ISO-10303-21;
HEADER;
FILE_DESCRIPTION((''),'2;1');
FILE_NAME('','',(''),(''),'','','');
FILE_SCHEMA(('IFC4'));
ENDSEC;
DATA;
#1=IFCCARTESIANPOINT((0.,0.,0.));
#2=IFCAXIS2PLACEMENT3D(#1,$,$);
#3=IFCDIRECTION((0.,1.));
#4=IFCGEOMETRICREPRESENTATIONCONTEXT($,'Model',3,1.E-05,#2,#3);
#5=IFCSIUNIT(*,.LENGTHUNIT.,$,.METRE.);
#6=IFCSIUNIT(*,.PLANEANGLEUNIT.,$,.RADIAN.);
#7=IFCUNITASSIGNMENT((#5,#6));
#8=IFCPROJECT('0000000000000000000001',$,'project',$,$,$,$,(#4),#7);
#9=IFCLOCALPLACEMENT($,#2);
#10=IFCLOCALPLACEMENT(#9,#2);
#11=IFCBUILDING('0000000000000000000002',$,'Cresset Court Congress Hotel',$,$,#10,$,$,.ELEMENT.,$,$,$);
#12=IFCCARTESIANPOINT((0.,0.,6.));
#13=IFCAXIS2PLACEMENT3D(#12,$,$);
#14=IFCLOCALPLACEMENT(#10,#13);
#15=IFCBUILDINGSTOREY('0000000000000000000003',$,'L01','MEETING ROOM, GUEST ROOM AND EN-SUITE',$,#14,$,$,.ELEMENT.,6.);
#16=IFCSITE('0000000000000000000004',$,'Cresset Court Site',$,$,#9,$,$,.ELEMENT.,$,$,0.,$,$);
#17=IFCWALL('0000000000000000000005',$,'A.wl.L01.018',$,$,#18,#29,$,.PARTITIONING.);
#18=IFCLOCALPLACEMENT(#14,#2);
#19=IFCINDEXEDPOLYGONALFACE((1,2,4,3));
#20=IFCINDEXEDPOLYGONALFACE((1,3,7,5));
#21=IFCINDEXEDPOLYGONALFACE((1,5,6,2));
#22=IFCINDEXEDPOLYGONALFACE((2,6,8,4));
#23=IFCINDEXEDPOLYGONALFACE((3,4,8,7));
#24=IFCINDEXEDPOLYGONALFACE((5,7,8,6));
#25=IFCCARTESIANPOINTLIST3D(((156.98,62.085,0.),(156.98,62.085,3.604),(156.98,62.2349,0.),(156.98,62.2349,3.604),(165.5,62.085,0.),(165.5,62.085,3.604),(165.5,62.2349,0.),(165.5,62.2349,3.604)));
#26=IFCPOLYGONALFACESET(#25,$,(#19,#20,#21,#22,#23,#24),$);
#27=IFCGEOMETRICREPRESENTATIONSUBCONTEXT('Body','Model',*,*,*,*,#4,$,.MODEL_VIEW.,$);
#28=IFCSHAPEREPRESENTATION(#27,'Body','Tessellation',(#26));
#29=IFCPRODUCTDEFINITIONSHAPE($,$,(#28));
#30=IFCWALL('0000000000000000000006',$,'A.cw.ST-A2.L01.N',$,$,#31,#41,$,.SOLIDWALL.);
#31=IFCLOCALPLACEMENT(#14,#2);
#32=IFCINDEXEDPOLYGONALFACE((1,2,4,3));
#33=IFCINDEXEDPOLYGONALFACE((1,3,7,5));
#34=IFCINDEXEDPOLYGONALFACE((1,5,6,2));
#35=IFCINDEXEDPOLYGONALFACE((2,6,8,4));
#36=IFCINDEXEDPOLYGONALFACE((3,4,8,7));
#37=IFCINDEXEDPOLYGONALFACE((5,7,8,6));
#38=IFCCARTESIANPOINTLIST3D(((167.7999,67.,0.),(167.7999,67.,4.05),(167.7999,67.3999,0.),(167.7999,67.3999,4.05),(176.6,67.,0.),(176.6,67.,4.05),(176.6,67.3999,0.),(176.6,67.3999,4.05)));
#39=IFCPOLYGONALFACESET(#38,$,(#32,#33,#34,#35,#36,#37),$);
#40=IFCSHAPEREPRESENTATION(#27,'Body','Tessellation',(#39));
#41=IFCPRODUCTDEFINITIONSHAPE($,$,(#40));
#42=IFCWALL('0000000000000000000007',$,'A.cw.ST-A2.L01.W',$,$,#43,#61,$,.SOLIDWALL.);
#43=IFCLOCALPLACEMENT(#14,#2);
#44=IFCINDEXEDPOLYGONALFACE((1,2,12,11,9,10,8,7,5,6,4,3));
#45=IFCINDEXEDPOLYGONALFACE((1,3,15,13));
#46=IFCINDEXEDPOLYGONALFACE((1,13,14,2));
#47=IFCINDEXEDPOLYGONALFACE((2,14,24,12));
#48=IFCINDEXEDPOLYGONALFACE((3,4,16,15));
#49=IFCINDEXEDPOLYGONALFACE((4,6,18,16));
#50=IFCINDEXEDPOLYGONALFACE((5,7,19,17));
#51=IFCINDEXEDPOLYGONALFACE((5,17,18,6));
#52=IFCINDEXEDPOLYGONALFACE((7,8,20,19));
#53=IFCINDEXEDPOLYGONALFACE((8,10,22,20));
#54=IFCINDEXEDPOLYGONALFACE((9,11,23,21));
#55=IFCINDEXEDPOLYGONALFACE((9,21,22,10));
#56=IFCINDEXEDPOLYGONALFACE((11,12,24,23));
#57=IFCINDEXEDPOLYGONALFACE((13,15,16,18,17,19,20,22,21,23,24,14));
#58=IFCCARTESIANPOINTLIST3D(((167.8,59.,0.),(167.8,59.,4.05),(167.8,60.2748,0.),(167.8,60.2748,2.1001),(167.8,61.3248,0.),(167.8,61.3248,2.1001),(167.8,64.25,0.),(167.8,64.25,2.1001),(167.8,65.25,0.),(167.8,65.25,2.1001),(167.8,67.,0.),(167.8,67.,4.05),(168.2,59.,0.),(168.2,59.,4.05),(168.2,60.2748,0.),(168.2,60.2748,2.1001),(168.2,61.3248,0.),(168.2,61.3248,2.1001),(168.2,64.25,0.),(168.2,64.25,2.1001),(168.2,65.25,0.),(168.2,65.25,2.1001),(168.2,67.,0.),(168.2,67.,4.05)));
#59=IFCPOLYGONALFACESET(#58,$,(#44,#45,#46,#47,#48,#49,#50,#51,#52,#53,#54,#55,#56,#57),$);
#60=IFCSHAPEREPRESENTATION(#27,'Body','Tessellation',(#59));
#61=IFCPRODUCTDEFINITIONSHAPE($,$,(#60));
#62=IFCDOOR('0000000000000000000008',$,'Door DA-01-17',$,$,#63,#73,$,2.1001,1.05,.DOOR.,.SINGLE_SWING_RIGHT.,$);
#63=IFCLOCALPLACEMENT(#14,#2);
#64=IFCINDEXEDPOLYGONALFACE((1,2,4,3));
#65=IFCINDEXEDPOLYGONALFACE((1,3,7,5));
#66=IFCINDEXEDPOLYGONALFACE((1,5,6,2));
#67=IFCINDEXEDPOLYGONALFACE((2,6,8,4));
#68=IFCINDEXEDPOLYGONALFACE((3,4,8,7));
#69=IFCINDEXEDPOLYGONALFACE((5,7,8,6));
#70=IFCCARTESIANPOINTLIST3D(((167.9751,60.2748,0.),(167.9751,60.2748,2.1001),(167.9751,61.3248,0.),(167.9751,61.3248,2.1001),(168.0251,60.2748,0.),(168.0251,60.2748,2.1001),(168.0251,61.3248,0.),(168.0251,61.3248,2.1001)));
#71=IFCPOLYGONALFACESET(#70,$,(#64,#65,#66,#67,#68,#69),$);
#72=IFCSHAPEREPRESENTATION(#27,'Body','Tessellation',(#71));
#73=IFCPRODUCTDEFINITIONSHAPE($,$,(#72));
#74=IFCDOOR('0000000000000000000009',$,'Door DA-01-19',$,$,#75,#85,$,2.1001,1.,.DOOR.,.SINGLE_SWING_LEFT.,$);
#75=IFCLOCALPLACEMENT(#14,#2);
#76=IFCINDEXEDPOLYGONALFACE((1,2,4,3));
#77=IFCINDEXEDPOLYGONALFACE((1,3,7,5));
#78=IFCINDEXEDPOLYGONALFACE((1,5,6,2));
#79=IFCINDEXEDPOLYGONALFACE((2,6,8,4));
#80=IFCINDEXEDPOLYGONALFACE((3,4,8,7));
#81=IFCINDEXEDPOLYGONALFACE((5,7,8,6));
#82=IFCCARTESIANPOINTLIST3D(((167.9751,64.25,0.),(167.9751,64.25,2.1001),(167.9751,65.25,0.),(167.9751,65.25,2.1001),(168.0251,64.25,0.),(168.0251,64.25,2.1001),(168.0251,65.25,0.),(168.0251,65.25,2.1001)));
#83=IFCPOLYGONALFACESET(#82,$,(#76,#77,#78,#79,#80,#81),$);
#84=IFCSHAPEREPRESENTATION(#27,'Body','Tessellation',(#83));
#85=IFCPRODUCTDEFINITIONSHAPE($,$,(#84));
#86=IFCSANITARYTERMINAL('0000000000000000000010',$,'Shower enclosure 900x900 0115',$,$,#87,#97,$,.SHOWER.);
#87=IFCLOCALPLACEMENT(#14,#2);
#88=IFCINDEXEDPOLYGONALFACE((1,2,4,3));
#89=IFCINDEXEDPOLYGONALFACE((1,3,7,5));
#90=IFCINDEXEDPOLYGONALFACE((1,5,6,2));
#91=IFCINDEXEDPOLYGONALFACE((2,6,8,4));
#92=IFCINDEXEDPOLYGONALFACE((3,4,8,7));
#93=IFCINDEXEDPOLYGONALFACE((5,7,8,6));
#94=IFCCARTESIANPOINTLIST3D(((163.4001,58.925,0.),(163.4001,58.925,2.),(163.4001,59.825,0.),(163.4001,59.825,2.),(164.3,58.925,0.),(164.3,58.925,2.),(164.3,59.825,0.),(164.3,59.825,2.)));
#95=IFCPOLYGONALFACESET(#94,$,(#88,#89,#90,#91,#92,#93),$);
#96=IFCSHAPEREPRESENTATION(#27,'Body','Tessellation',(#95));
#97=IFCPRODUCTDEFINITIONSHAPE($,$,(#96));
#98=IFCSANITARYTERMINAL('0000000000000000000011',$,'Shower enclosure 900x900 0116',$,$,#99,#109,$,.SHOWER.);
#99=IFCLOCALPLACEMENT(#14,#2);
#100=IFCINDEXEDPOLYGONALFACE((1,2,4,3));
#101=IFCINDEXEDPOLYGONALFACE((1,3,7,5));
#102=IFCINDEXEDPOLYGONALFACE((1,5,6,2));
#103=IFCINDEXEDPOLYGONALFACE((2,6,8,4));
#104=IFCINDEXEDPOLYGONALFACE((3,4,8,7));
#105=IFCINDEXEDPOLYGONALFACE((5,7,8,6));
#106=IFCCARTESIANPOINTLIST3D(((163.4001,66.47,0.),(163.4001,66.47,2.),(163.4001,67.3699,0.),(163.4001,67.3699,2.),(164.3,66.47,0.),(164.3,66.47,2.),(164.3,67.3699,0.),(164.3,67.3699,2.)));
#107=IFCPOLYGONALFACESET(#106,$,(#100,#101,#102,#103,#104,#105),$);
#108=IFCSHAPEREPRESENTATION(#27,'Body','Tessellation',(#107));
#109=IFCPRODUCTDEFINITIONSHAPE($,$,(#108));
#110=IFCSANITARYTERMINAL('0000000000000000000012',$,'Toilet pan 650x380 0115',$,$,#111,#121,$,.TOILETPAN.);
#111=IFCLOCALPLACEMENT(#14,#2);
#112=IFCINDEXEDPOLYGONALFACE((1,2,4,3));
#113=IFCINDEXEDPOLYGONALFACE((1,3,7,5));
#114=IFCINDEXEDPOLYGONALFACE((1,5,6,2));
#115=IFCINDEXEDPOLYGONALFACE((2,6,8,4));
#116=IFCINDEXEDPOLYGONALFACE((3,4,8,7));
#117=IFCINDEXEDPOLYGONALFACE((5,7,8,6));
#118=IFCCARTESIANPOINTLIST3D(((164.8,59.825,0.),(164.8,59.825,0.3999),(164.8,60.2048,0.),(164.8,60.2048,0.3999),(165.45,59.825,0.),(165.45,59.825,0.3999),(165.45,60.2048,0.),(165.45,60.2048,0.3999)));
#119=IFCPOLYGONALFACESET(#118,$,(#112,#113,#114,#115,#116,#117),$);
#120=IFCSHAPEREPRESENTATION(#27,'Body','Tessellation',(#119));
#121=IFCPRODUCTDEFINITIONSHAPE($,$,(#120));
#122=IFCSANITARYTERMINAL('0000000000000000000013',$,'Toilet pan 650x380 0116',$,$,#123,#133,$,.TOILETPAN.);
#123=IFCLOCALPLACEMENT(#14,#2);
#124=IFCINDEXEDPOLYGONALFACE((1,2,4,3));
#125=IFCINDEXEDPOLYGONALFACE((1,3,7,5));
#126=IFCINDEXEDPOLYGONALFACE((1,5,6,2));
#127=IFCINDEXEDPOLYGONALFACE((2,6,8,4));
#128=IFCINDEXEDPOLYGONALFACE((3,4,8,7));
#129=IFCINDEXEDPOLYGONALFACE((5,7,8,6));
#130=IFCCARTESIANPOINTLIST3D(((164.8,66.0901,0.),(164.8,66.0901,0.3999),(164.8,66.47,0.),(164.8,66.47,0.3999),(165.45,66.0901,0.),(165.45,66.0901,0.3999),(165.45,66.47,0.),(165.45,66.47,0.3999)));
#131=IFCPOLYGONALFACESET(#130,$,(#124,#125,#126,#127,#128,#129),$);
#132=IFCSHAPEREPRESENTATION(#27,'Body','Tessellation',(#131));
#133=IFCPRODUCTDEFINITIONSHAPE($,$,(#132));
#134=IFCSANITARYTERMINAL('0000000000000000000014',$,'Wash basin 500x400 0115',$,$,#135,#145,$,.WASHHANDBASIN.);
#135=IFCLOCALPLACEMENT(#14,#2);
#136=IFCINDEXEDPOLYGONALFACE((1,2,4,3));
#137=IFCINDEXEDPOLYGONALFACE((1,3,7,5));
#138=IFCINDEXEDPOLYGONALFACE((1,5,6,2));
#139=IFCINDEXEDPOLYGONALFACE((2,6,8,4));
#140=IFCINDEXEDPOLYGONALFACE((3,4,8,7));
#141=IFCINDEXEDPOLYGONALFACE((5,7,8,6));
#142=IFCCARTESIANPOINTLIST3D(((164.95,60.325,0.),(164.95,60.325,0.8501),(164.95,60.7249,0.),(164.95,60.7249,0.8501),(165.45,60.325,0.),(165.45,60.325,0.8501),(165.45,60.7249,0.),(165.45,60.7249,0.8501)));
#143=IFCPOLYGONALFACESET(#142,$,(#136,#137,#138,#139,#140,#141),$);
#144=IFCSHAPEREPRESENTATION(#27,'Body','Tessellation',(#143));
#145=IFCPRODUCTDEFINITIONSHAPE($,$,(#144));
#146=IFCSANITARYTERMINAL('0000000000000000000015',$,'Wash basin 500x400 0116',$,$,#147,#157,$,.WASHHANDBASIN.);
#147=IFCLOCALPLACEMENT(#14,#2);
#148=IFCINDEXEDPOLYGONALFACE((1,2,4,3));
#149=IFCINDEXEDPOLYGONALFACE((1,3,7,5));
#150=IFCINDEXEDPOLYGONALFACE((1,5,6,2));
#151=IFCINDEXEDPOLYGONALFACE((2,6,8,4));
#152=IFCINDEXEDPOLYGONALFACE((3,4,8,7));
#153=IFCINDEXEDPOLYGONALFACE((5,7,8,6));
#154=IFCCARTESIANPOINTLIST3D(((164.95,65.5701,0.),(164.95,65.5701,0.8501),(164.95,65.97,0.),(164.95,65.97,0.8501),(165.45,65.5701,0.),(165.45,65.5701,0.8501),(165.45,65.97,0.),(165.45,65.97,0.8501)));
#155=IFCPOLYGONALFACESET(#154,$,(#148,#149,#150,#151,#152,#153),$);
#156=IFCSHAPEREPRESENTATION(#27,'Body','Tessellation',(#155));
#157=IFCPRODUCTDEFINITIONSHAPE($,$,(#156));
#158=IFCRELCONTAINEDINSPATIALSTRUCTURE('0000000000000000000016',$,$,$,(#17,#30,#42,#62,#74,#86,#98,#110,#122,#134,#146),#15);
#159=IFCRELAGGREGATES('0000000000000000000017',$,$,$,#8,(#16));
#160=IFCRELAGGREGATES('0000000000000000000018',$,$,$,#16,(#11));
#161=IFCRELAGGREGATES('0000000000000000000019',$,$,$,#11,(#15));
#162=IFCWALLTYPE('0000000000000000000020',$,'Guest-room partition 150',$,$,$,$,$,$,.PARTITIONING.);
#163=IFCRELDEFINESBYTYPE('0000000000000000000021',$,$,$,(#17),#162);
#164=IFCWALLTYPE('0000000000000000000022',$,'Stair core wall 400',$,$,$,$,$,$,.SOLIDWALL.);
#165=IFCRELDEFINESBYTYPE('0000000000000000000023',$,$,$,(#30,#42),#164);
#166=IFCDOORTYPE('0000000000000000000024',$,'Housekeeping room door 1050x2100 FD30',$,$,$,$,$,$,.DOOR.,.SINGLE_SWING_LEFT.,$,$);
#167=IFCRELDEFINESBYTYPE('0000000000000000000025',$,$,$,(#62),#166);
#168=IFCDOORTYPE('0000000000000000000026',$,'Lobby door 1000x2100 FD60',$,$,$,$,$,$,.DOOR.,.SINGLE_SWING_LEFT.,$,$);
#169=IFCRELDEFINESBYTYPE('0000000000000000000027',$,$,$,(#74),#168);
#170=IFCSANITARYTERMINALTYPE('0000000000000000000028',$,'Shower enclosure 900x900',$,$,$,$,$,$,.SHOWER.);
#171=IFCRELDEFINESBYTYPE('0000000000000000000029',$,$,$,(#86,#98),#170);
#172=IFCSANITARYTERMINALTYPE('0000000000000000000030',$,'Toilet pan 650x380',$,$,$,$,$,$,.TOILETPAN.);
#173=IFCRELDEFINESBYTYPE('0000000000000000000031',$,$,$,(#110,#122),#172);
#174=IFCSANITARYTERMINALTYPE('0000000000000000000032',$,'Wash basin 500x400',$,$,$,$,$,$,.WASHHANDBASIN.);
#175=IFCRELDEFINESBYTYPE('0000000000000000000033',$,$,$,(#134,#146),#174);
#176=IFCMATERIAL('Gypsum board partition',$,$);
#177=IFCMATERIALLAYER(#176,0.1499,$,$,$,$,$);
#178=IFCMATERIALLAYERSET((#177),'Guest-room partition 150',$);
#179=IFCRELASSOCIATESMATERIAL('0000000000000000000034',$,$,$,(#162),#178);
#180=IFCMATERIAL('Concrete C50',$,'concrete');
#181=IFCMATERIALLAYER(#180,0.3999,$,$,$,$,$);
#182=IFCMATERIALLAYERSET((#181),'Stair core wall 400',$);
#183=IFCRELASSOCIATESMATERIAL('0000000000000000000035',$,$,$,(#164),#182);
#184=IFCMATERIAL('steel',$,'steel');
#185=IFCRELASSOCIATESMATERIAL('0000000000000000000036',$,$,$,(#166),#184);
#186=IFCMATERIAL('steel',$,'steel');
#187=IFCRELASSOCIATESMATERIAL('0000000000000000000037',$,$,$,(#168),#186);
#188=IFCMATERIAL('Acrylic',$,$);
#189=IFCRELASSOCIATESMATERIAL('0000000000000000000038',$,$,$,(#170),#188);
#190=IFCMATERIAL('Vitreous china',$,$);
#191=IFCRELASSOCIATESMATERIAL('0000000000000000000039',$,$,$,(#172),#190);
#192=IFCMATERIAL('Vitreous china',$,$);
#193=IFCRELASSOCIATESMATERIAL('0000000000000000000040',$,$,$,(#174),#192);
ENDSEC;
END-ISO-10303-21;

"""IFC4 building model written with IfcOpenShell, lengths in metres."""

from ifc_helpers import new_model, si_unit, direction, frame, frame_2d, origin, origin_2d, place, context, subcontext, project, spatial, rectangle, extrude, material, layer, layer_set, type_object, element, fill, save


model = new_model("IFC4")

# Units and contexts
model_context = context("Model", 3, precision=1e-05, world=origin(), true_north=direction((0.0, 1.0)))
body_context = subcontext(model_context, "Body", "Model", "MODEL_VIEW")
ifc_project = project(units=[si_unit("LENGTHUNIT", "METRE"), si_unit("PLANEANGLEUNIT", "RADIAN")], contexts=[model_context])

# Site, building, storey
site_placement = place(None, origin())
site = spatial("IfcSite", under=ifc_project, at=site_placement, Name="Cresset Court Site", CompositionType="ELEMENT", RefElevation=0.0)
building_placement = place(site_placement, origin())
building = spatial("IfcBuilding", under=site, at=building_placement, Name="Cresset Court Congress Hotel", CompositionType="ELEMENT")
storey_placement = place(building_placement, frame((0.0, 0.0, 6.0)))
storey = spatial("IfcBuildingStorey", under=building, at=storey_placement, Name="L01", Description="MEETING ROOM, GUEST ROOM AND EN-SUITE", CompositionType="ELEMENT", Elevation=6.0)

# Walls
ifc_material_1 = material(Name="Gypsum board partition")
ifc_layer_1 = layer(ifc_material_1, 0.1499)
ifc_layer_set_1 = layer_set([ifc_layer_1], Name="Guest-room partition 150")
wall_type_1 = type_object("IfcWallType", Name="Guest-room partition 150", PredefinedType="PARTITIONING", material=ifc_layer_set_1)
wall_1_placement = place(storey_placement, frame((156.98, 62.1599, 0.0), z_axis=(0.0, 0.0, 1.0), x_axis=(1.0, 0.0, 0.0)))
element("IfcWall", 1, at=wall_1_placement, inside=storey, type_object=wall_type_1, Name="A.wl.L01.018", PredefinedType="PARTITIONING", context=body_context, shape_type="SweptSolid", body=[
    extrude(rectangle(XDim=8.52, YDim=0.1499, at=frame_2d((4.26, 0.0))), origin(), (0.0, 0.0, 1.0), 3.604),
])
ifc_material_2 = material(Name="Concrete C50", Category="concrete")
ifc_layer_2 = layer(ifc_material_2, 0.3999)
ifc_layer_set_2 = layer_set([ifc_layer_2], Name="Stair core wall 400")
wall_type_2 = type_object("IfcWallType", Name="Stair core wall 400", PredefinedType="SOLIDWALL", material=ifc_layer_set_2)
wall_2_placement = place(storey_placement, frame((167.8, 67.2, 0.0), z_axis=(0.0, 0.0, 1.0), x_axis=(1.0, 0.0, 0.0)))
element("IfcWall", 2, at=wall_2_placement, inside=storey, type_object=wall_type_2, Name="A.cw.ST-A2.L01.N", PredefinedType="SOLIDWALL", context=body_context, shape_type="SweptSolid", body=[
    extrude(rectangle(XDim=8.8, YDim=0.3999, at=frame_2d((4.3999, 0.0))), origin(), (0.0, 0.0, 1.0), 4.05),
])

# Wall, openings, doors
wall_3_placement = place(storey_placement, frame((168.0, 59.0, 0.0), z_axis=(0.0, 0.0, 1.0), x_axis=(0.0, 1.0, 0.0)))
wall_3 = element("IfcWall", 3, at=wall_3_placement, inside=storey, type_object=wall_type_2, Name="A.cw.ST-A2.L01.W", PredefinedType="SOLIDWALL", context=body_context, shape_type="SweptSolid", body=[
    extrude(rectangle(XDim=8.0, YDim=0.3999, at=frame_2d((4.0, 0.0))), origin(), (0.0, 0.0, 1.0), 4.05),
])
opening_1_placement = place(wall_3_placement, frame((1.2749, 0.0, 0.0)))
opening_1 = element("IfcOpeningElement", 4, at=opening_1_placement, cuts=wall_3, PredefinedType="OPENING", context=body_context, shape_type="SweptSolid", body=[
    extrude(rectangle(XDim=1.05, YDim=2.1001, at=frame_2d((0.5249, 1.05))), frame((0.0, 0.21, 0.0), z_axis=(0.0, -1.0, 0.0), x_axis=(1.0, 0.0, 0.0)), (0.0, 0.0, 1.0), 0.4199),
])
opening_2_placement = place(wall_3_placement, frame((5.25, 0.0, 0.0)))
opening_2 = element("IfcOpeningElement", 5, at=opening_2_placement, cuts=wall_3, PredefinedType="OPENING", context=body_context, shape_type="SweptSolid", body=[
    extrude(rectangle(XDim=1.0, YDim=2.1001, at=frame_2d((0.5, 1.05))), frame((0.0, 0.21, 0.0), z_axis=(0.0, -1.0, 0.0), x_axis=(1.0, 0.0, 0.0)), (0.0, 0.0, 1.0), 0.4199),
])
ifc_material_3 = material(Name="steel", Category="steel")
door_type_1 = type_object("IfcDoorType", Name="Housekeeping room door 1050x2100 FD30", OperationType="SINGLE_SWING_LEFT", PredefinedType="DOOR", material=ifc_material_3)
door_1_placement = place(opening_1_placement, origin())
door_1 = element("IfcDoor", 6, at=door_1_placement, inside=storey, type_object=door_type_1, Name="Door DA-01-17", OperationType="SINGLE_SWING_RIGHT", OverallHeight=2.1001, OverallWidth=1.05, PredefinedType="DOOR", context=body_context, shape_type="SweptSolid", body=[
    extrude(rectangle(XDim=1.05, YDim=2.1001, at=frame_2d((0.5249, 1.05))), frame((0.0, 0.0249, 0.0), z_axis=(0.0, -1.0, 0.0), x_axis=(1.0, 0.0, 0.0)), (0.0, 0.0, 1.0), 0.05),
])
fill(opening_1, door_1)
ifc_material_4 = material(Name="steel", Category="steel")
door_type_2 = type_object("IfcDoorType", Name="Lobby door 1000x2100 FD60", OperationType="SINGLE_SWING_LEFT", PredefinedType="DOOR", material=ifc_material_4)
door_2_placement = place(opening_2_placement, origin())
door_2 = element("IfcDoor", 7, at=door_2_placement, inside=storey, type_object=door_type_2, Name="Door DA-01-19", OperationType="SINGLE_SWING_LEFT", OverallHeight=2.1001, OverallWidth=1.0, PredefinedType="DOOR", context=body_context, shape_type="SweptSolid", body=[
    extrude(rectangle(XDim=1.0, YDim=2.1001, at=frame_2d((0.5, 1.05))), frame((0.0, 0.0249, 0.0), z_axis=(0.0, -1.0, 0.0), x_axis=(1.0, 0.0, 0.0)), (0.0, 0.0, 1.0), 0.05),
])
fill(opening_2, door_2)

# Sanitary terminals
ifc_material_5 = material(Name="Acrylic")
sanitary_terminal_type_1 = type_object("IfcSanitaryTerminalType", Name="Shower enclosure 900x900", PredefinedType="SHOWER", material=ifc_material_5)
for number, where, z_axis, x_axis, name in (
    (8, (163.8501, 59.375, 0.0), (0.0, 0.0, 1.0), (1.0, 0.0, 0.0), "Shower enclosure 900x900 0115"),
    (9, (163.8501, 66.9199, 0.0), (0.0, 0.0, 1.0), (1.0, 0.0, 0.0), "Shower enclosure 900x900 0116"),
):
    element("IfcSanitaryTerminal", number, at=place(storey_placement, frame(where, z_axis=z_axis, x_axis=x_axis)), inside=storey, type_object=sanitary_terminal_type_1, Name=name, PredefinedType="SHOWER", context=body_context, shape_type="SweptSolid", body=[
        extrude(rectangle(XDim=0.8999, YDim=0.8999, at=origin_2d()), origin(), (0.0, 0.0, 1.0), 2.0),
    ])
ifc_material_6 = material(Name="Vitreous china")
sanitary_terminal_type_2 = type_object("IfcSanitaryTerminalType", Name="Toilet pan 650x380", PredefinedType="TOILETPAN", material=ifc_material_6)
for number, where, z_axis, x_axis, name in (
    (10, (165.125, 60.0149, 0.0), (0.0, 0.0, 1.0), (1.0, 0.0, 0.0), "Toilet pan 650x380 0115"),
    (11, (165.125, 66.28, 0.0), (0.0, 0.0, 1.0), (1.0, 0.0, 0.0), "Toilet pan 650x380 0116"),
):
    element("IfcSanitaryTerminal", number, at=place(storey_placement, frame(where, z_axis=z_axis, x_axis=x_axis)), inside=storey, type_object=sanitary_terminal_type_2, Name=name, PredefinedType="TOILETPAN", context=body_context, shape_type="SweptSolid", body=[
        extrude(rectangle(XDim=0.6499, YDim=0.3799, at=origin_2d()), origin(), (0.0, 0.0, 1.0), 0.3999),
    ])
ifc_material_7 = material(Name="Vitreous china")
sanitary_terminal_type_3 = type_object("IfcSanitaryTerminalType", Name="Wash basin 500x400", PredefinedType="WASHHANDBASIN", material=ifc_material_7)
for number, where, z_axis, x_axis, name in (
    (12, (165.2, 60.5249, 0.0), (0.0, 0.0, 1.0), (1.0, 0.0, 0.0), "Wash basin 500x400 0115"),
    (13, (165.2, 65.77, 0.0), (0.0, 0.0, 1.0), (1.0, 0.0, 0.0), "Wash basin 500x400 0116"),
):
    element("IfcSanitaryTerminal", number, at=place(storey_placement, frame(where, z_axis=z_axis, x_axis=x_axis)), inside=storey, type_object=sanitary_terminal_type_3, Name=name, PredefinedType="WASHHANDBASIN", context=body_context, shape_type="SweptSolid", body=[
        extrude(rectangle(XDim=0.5, YDim=0.3999, at=origin_2d()), origin(), (0.0, 0.0, 1.0), 0.8501),
    ])

save(model, "model.ifc")
